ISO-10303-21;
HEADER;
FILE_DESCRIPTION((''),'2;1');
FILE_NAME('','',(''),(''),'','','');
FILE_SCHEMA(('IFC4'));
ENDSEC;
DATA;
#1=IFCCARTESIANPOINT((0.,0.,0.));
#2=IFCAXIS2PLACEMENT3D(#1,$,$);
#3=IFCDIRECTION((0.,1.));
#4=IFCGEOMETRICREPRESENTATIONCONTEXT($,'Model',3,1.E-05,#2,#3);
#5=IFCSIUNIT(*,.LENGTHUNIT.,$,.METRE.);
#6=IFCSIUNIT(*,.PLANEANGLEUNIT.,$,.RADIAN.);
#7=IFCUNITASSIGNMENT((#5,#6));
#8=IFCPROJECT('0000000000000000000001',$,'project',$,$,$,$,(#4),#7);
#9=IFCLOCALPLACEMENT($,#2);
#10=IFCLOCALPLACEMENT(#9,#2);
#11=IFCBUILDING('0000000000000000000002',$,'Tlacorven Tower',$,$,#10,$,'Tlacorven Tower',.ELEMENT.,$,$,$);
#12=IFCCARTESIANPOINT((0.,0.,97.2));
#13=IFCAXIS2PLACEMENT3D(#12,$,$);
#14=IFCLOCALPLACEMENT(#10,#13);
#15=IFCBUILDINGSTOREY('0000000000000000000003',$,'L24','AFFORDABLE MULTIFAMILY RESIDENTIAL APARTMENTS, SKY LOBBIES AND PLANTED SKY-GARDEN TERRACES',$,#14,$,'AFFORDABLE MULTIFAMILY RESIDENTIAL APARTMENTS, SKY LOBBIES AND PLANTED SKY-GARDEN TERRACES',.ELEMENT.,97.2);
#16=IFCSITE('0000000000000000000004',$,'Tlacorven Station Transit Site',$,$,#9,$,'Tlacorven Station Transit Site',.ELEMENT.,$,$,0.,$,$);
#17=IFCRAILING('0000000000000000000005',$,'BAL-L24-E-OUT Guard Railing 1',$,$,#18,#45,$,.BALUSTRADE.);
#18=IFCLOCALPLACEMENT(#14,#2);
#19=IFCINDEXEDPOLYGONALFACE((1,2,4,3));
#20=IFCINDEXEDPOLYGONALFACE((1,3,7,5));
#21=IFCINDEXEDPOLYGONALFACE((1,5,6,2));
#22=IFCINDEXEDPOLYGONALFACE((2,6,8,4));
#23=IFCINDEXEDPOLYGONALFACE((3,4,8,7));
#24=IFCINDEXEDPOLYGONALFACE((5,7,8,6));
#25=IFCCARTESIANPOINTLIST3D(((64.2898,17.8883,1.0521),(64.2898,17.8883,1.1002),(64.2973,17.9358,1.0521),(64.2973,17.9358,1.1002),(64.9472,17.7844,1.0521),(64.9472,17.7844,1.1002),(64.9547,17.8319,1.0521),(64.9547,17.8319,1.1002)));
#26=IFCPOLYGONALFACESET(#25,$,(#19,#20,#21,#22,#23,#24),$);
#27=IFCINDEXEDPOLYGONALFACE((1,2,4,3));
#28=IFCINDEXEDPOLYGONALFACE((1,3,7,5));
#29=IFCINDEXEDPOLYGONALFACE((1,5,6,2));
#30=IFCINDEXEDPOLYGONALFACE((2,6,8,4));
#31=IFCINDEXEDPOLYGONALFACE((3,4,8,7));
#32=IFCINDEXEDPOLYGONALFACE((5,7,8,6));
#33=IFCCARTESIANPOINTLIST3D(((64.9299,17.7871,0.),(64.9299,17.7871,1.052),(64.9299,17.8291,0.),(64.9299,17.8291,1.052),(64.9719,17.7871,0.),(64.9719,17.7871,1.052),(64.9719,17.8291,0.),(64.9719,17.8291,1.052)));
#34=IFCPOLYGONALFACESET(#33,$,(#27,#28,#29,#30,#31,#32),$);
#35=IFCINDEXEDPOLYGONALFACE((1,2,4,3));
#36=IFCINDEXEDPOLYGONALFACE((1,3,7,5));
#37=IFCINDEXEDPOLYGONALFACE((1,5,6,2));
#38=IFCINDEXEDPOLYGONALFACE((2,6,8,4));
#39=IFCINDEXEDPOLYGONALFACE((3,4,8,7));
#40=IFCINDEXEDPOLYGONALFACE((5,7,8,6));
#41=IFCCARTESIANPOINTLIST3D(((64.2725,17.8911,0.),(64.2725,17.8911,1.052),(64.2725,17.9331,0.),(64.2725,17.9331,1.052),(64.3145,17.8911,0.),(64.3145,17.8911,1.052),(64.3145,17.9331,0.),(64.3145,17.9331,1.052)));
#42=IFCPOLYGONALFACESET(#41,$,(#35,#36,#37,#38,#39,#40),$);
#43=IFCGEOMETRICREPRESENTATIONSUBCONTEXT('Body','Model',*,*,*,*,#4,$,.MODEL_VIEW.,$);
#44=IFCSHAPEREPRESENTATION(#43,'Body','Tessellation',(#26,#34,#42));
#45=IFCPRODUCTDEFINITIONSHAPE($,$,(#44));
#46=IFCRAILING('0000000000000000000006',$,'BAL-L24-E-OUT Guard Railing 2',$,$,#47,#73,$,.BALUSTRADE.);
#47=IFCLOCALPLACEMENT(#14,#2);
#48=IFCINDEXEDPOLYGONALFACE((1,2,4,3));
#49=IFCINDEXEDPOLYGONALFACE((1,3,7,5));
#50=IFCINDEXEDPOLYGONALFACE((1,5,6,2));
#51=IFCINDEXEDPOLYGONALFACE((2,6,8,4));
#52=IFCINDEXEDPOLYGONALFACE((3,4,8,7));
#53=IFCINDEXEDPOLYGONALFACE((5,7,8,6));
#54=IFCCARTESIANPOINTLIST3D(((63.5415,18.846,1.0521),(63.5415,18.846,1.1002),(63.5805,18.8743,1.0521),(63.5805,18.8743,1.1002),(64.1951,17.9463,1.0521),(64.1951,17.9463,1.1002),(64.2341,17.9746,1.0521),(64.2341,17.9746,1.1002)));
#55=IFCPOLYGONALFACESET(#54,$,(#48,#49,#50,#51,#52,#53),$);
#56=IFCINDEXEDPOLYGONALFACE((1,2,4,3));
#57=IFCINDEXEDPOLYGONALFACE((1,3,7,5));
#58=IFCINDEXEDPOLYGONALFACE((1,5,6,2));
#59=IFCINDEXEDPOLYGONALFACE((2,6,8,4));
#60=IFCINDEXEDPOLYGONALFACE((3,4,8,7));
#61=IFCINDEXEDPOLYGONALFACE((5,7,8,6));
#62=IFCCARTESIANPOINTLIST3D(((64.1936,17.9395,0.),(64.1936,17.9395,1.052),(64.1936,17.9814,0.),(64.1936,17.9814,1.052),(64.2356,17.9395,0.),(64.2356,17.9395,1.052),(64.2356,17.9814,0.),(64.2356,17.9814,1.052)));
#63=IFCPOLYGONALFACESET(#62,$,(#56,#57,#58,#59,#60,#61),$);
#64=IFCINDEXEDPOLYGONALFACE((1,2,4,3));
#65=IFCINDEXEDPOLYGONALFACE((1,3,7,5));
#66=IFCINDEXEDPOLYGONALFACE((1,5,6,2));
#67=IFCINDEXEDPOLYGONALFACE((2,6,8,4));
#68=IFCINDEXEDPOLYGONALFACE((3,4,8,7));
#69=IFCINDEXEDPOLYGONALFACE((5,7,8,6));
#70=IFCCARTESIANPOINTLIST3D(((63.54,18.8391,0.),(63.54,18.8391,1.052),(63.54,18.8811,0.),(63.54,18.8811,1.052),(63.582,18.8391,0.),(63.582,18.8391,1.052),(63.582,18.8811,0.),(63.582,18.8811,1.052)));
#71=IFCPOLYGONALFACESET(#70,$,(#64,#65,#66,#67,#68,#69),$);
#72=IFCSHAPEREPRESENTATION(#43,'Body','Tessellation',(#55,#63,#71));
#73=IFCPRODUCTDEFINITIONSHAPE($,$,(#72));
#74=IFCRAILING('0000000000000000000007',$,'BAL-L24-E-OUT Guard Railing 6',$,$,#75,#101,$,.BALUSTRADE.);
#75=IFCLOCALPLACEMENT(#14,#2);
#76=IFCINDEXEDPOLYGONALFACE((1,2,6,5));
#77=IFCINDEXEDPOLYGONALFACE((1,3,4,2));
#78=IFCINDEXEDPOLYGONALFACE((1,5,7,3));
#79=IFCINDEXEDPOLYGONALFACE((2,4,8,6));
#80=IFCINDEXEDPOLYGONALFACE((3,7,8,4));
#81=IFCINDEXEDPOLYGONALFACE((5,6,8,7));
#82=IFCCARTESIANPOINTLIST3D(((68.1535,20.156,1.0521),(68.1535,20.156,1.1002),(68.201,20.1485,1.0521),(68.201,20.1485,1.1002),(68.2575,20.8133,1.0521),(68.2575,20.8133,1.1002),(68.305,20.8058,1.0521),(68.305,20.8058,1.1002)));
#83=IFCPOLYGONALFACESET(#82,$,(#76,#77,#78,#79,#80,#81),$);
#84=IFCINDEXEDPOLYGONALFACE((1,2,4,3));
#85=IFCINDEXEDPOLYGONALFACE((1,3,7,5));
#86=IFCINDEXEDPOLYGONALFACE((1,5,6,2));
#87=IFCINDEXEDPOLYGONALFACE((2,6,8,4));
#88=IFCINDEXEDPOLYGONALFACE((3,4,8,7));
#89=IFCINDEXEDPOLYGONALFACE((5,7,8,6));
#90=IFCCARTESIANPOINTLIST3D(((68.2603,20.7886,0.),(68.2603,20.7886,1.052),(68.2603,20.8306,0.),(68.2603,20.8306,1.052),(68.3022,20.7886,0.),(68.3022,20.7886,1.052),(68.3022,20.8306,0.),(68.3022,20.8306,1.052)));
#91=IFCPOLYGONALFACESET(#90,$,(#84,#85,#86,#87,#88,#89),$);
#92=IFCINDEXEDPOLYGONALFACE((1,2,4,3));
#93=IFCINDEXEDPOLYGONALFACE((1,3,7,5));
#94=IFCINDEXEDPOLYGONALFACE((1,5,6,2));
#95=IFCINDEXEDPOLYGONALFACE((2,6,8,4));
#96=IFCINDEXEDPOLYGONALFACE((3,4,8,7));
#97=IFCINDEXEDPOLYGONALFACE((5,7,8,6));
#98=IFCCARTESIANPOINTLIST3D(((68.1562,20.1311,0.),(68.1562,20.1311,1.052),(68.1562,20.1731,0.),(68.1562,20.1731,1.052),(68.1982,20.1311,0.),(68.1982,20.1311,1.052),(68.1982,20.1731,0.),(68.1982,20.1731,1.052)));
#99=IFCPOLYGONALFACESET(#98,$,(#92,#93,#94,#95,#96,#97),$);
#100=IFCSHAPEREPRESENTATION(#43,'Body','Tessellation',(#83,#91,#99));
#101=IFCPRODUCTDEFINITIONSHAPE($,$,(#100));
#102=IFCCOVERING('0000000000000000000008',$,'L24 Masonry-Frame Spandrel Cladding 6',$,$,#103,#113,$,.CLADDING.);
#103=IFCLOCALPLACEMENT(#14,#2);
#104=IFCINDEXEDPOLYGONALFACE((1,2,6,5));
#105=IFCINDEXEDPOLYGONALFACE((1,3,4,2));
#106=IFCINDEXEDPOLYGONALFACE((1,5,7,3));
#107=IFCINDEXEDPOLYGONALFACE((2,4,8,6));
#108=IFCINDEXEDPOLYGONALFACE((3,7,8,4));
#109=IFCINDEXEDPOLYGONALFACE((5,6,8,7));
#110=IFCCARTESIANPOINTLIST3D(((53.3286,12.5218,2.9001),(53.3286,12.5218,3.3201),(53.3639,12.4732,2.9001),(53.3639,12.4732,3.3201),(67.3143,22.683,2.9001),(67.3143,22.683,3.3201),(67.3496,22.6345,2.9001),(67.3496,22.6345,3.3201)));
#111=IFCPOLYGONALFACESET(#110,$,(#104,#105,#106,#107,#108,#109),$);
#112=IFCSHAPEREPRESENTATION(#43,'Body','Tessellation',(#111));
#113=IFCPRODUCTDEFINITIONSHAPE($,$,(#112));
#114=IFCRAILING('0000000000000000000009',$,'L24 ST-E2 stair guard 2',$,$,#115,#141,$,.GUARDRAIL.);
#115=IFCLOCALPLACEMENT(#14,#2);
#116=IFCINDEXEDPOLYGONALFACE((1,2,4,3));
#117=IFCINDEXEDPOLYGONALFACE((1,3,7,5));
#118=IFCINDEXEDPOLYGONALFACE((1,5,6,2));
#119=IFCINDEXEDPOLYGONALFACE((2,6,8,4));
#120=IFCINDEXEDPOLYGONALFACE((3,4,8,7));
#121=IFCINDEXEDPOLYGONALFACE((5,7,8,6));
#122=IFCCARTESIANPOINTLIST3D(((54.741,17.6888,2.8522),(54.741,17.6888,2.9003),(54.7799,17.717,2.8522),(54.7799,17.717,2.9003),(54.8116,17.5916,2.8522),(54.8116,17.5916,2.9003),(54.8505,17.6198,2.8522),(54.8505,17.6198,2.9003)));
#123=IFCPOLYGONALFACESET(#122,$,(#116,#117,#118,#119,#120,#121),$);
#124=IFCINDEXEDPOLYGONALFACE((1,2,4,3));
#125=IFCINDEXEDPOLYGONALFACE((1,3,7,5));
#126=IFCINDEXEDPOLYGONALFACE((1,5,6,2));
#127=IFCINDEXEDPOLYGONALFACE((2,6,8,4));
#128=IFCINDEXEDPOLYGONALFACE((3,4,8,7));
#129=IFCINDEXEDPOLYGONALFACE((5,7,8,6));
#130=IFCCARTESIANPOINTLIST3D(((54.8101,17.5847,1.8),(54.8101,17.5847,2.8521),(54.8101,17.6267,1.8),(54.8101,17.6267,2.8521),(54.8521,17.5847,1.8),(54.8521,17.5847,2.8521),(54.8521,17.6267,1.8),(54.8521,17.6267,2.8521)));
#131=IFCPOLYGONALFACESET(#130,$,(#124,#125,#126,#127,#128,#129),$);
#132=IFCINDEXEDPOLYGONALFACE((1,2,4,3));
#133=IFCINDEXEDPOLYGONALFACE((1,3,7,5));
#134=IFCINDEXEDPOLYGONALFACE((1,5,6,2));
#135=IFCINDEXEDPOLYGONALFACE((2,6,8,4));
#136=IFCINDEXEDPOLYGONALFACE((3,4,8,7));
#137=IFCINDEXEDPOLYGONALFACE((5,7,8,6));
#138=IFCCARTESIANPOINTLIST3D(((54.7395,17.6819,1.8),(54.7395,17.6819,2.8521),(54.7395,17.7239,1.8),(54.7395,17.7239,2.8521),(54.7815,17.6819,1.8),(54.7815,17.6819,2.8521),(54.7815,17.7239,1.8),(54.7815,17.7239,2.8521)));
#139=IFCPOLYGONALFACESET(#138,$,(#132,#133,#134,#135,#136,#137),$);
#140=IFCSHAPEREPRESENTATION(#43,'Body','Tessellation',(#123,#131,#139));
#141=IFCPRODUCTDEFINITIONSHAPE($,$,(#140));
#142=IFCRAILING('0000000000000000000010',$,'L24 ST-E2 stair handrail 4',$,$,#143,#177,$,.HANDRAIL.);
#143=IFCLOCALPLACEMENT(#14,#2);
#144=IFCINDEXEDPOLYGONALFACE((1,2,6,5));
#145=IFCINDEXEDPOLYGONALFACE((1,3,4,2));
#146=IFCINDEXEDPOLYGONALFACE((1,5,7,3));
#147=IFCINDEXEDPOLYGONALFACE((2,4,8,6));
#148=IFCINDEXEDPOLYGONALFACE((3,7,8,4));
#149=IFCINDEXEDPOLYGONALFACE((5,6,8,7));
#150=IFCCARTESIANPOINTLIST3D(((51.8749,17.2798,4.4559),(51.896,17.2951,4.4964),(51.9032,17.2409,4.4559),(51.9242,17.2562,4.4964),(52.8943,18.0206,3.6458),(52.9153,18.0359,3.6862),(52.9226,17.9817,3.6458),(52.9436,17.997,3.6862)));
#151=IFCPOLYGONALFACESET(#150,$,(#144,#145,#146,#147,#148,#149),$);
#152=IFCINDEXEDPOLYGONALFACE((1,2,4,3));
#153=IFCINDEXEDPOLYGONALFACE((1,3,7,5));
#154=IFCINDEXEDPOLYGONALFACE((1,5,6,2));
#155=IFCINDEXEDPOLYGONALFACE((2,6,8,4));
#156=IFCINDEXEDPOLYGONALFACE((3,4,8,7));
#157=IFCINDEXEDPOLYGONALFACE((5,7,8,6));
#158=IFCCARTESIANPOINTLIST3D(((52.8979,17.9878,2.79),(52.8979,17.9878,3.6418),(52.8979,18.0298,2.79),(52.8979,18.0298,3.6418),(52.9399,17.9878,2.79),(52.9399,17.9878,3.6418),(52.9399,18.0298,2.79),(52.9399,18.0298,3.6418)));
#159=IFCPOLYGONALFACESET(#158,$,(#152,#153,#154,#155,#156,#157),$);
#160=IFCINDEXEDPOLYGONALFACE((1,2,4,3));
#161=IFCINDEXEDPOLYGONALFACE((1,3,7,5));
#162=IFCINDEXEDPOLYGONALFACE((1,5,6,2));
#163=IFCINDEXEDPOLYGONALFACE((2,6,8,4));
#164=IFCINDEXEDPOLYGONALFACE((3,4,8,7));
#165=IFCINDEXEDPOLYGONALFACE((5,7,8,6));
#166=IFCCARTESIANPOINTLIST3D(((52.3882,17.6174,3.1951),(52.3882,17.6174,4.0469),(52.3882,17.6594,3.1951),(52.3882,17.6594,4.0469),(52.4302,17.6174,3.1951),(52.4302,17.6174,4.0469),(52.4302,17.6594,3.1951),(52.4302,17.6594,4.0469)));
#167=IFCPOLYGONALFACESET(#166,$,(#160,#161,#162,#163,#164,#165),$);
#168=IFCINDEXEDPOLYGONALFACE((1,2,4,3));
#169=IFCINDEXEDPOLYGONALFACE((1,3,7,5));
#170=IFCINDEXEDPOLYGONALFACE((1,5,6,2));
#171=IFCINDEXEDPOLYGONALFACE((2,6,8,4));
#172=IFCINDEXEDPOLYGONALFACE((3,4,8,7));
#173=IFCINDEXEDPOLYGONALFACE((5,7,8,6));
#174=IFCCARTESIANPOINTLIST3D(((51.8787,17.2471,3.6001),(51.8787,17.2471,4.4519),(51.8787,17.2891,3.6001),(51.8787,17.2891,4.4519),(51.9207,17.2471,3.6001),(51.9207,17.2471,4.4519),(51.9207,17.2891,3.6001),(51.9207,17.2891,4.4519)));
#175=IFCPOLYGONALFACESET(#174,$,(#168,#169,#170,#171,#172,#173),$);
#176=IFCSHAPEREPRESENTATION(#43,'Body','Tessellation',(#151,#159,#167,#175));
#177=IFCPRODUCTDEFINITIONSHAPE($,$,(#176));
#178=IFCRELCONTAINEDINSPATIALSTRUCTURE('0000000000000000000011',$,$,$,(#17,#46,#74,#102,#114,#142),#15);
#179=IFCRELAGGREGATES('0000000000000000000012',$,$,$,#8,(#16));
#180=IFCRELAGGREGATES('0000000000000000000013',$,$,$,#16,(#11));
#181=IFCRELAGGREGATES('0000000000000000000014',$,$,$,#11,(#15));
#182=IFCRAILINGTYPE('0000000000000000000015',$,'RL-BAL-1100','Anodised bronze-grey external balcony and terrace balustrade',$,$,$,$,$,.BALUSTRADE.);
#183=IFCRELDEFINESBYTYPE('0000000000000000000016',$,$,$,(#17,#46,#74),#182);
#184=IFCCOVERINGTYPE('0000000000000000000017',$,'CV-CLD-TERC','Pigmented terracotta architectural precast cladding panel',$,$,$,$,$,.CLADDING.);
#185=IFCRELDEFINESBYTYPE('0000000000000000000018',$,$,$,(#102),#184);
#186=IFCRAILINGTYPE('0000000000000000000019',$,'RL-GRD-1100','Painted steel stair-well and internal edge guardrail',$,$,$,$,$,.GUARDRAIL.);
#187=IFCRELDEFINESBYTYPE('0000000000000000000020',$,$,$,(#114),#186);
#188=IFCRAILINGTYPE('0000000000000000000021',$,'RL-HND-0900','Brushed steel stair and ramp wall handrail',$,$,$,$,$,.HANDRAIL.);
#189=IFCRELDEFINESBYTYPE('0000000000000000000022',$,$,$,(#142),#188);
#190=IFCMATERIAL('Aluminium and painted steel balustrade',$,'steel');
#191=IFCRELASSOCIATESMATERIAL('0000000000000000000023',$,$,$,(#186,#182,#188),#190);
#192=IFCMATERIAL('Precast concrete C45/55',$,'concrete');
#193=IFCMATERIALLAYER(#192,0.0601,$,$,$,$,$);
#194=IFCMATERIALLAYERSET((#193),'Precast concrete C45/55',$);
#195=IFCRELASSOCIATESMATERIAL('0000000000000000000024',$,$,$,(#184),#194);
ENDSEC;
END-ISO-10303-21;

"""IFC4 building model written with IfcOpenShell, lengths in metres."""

from ifc_helpers import new_model, si_unit, direction, frame, origin, origin_2d, place, context, subcontext, project, spatial, rectangle, extrude, source, transform, mapped, material, layer, layer_set, type_object, element, save


model = new_model("IFC4")

# Units and contexts
model_context = context("Model", 3, precision=1e-05, world=origin(), true_north=direction((0.0, 1.0)))
body_context = subcontext(model_context, "Body", "Model", "MODEL_VIEW")
ifc_project = project(units=[si_unit("LENGTHUNIT", "METRE"), si_unit("PLANEANGLEUNIT", "RADIAN")], contexts=[model_context])

# Site, building, storey
site_placement = place(None, origin())
site = spatial("IfcSite", under=ifc_project, at=site_placement, Name="Tlacorven Station Transit Site", LongName="Tlacorven Station Transit Site", CompositionType="ELEMENT", RefElevation=0.0)
building_placement = place(site_placement, origin())
building = spatial("IfcBuilding", under=site, at=building_placement, Name="Tlacorven Tower", LongName="Tlacorven Tower", CompositionType="ELEMENT")
storey_placement = place(building_placement, frame((0.0, 0.0, 97.2)))
storey = spatial("IfcBuildingStorey", under=building, at=storey_placement, Name="L24", Description="AFFORDABLE MULTIFAMILY RESIDENTIAL APARTMENTS, SKY LOBBIES AND PLANTED SKY-GARDEN TERRACES", LongName="AFFORDABLE MULTIFAMILY RESIDENTIAL APARTMENTS, SKY LOBBIES AND PLANTED SKY-GARDEN TERRACES", CompositionType="ELEMENT", Elevation=97.2)

# Railings
ifc_material_1 = material(Name="Aluminium and painted steel balustrade", Category="steel")
railing_type_1 = type_object("IfcRailingType", Name="RL-GRD-1100", Description="Painted steel stair-well and internal edge guardrail", PredefinedType="GUARDRAIL", material=ifc_material_1)
railing_type_2 = type_object("IfcRailingType", Name="RL-BAL-1100", Description="Anodised bronze-grey external balcony and terrace balustrade", PredefinedType="BALUSTRADE", material=ifc_material_1)
shared_shape_1 = source(origin(), body_context, "Body", "SweptSolid", [
    extrude(rectangle(XDim=0.0481, YDim=0.0481, at=origin_2d()), frame((0.0, 0.0, 1.0762), z_axis=(-0.987718, 0.156245, 0.0), x_axis=(-0.156245, -0.987718, 0.0)), (0.0, 0.0, 1.0), 0.6655),
    extrude(rectangle(XDim=0.042, YDim=0.042, at=origin_2d()), origin(), (0.0, 0.0, 1.0), 1.052),
    extrude(rectangle(XDim=0.042, YDim=0.042, at=origin_2d()), frame((-0.6575, 0.104, 0.0)), (0.0, 0.0, 1.0), 1.052),
])
railing_1_placement = place(storey_placement, frame((64.9509, 17.8081, 0.0)))
element("IfcRailing", 1, at=railing_1_placement, inside=storey, type_object=railing_type_2, Name="BAL-L24-E-OUT Guard Railing 1", PredefinedType="BALUSTRADE", context=body_context, shape_type="MappedRepresentation", body=[
    mapped(shared_shape_1, transform((0.0, 0.0, 0.0), scale=1.0)),
])
shared_shape_2 = source(origin(), body_context, "Body", "SweptSolid", [
    extrude(rectangle(XDim=0.0481, YDim=0.0481, at=origin_2d()), frame((0.0, 0.0, 1.0762), z_axis=(-0.587741, 0.809049, 0.0), x_axis=(-0.809049, -0.587741, 0.0)), (0.0, 0.0, 1.0), 1.1121),
    extrude(rectangle(XDim=0.042, YDim=0.042, at=origin_2d()), origin(), (0.0, 0.0, 1.0), 1.052),
    extrude(rectangle(XDim=0.042, YDim=0.042, at=origin_2d()), frame((-0.6536, 0.8997, 0.0)), (0.0, 0.0, 1.0), 1.052),
])
railing_2_placement = place(storey_placement, frame((64.2146, 17.9604, 0.0)))
element("IfcRailing", 2, at=railing_2_placement, inside=storey, type_object=railing_type_2, Name="BAL-L24-E-OUT Guard Railing 2", PredefinedType="BALUSTRADE", context=body_context, shape_type="MappedRepresentation", body=[
    mapped(shared_shape_2, transform((0.0, 0.0, 0.0), scale=1.0)),
])
shared_shape_3 = source(origin(), body_context, "Body", "SweptSolid", [
    extrude(rectangle(XDim=0.0481, YDim=0.0481, at=origin_2d()), frame((0.0, 0.0, 1.0762), z_axis=(-0.156245, -0.987718, 0.0), x_axis=(0.987718, -0.156245, 0.0)), (0.0, 0.0, 1.0), 0.6655),
    extrude(rectangle(XDim=0.042, YDim=0.042, at=origin_2d()), origin(), (0.0, 0.0, 1.0), 1.052),
    extrude(rectangle(XDim=0.042, YDim=0.042, at=origin_2d()), frame((-0.104, -0.6575, 0.0)), (0.0, 0.0, 1.0), 1.052),
])
railing_3_placement = place(storey_placement, frame((68.2812, 20.8096, 0.0)))
element("IfcRailing", 3, at=railing_3_placement, inside=storey, type_object=railing_type_2, Name="BAL-L24-E-OUT Guard Railing 6", PredefinedType="BALUSTRADE", context=body_context, shape_type="MappedRepresentation", body=[
    mapped(shared_shape_3, transform((0.0, 0.0, 0.0), scale=1.0)),
])

# Covering
ifc_material_2 = material(Name="Precast concrete C45/55", Category="concrete")
ifc_layer_1 = layer(ifc_material_2, 0.0601)
ifc_layer_set_1 = layer_set([ifc_layer_1], Name="Precast concrete C45/55")
covering_type = type_object("IfcCoveringType", Name="CV-CLD-TERC", Description="Pigmented terracotta architectural precast cladding panel", PredefinedType="CLADDING", material=ifc_layer_set_1)
shared_shape_4 = source(origin(), body_context, "Body", "SweptSolid", [
    extrude(rectangle(XDim=17.2874, YDim=0.0601, at=origin_2d()), origin(), (0.0, 0.0, 1.0), 0.4199),
])
covering_placement = place(storey_placement, frame((60.3391, 17.5781, 2.9001), z_axis=(0.0, 0.0, 1.0), x_axis=(-0.809017, -0.587785, 0.0)))
element("IfcCovering", 4, at=covering_placement, inside=storey, type_object=covering_type, Name="L24 Masonry-Frame Spandrel Cladding 6", PredefinedType="CLADDING", context=body_context, shape_type="MappedRepresentation", body=[
    mapped(shared_shape_4, transform((0.0, 0.0, 0.0), scale=1.0)),
])

# Railings
shared_shape_5 = source(origin(), body_context, "Body", "SweptSolid", [
    extrude(rectangle(XDim=0.0481, YDim=0.0481, at=origin_2d()), frame((0.0, 0.0, 1.0762), z_axis=(-0.587567, 0.809175, 0.0), x_axis=(-0.809175, -0.587567, 0.0)), (0.0, 0.0, 1.0), 0.1201),
    extrude(rectangle(XDim=0.042, YDim=0.042, at=origin_2d()), origin(), (0.0, 0.0, 1.0), 1.052),
    extrude(rectangle(XDim=0.042, YDim=0.042, at=origin_2d()), frame((-0.0706, 0.0972, 0.0)), (0.0, 0.0, 1.0), 1.052),
])
railing_4_placement = place(storey_placement, frame((54.8311, 17.6057, 1.8)))
element("IfcRailing", 5, at=railing_4_placement, inside=storey, type_object=railing_type_1, Name="L24 ST-E2 stair guard 2", PredefinedType="GUARDRAIL", context=body_context, shape_type="MappedRepresentation", body=[
    mapped(shared_shape_5, transform((0.0, 0.0, 0.0), scale=1.0)),
])
railing_type_3 = type_object("IfcRailingType", Name="RL-HND-0900", Description="Brushed steel stair and ramp wall handrail", PredefinedType="HANDRAIL", material=ifc_material_1)
shared_shape_6 = source(origin(), body_context, "Body", "SweptSolid", [
    extrude(rectangle(XDim=0.0481, YDim=0.0481, at=origin_2d()), frame((0.0, 0.0, 0.876), z_axis=(-0.680461, -0.494496, 0.540783), x_axis=(0.587872, -0.808954, 0.0)), (0.0, 0.0, 1.0), 1.498),
    extrude(rectangle(XDim=0.042, YDim=0.042, at=origin_2d()), origin(), (0.0, 0.0, 1.0), 0.8518),
    extrude(rectangle(XDim=0.042, YDim=0.042, at=origin_2d()), frame((-0.5098, -0.3704, 0.405)), (0.0, 0.0, 1.0), 0.8518),
    extrude(rectangle(XDim=0.042, YDim=0.042, at=origin_2d()), frame((-1.0193, -0.7407, 0.8101)), (0.0, 0.0, 1.0), 0.8518),
])
railing_5_placement = place(storey_placement, frame((52.9189, 18.0088, 2.79)))
element("IfcRailing", 6, at=railing_5_placement, inside=storey, type_object=railing_type_3, Name="L24 ST-E2 stair handrail 4", PredefinedType="HANDRAIL", context=body_context, shape_type="MappedRepresentation", body=[
    mapped(shared_shape_6, transform((0.0, 0.0, 0.0), scale=1.0)),
])

save(model, "model.ifc")
